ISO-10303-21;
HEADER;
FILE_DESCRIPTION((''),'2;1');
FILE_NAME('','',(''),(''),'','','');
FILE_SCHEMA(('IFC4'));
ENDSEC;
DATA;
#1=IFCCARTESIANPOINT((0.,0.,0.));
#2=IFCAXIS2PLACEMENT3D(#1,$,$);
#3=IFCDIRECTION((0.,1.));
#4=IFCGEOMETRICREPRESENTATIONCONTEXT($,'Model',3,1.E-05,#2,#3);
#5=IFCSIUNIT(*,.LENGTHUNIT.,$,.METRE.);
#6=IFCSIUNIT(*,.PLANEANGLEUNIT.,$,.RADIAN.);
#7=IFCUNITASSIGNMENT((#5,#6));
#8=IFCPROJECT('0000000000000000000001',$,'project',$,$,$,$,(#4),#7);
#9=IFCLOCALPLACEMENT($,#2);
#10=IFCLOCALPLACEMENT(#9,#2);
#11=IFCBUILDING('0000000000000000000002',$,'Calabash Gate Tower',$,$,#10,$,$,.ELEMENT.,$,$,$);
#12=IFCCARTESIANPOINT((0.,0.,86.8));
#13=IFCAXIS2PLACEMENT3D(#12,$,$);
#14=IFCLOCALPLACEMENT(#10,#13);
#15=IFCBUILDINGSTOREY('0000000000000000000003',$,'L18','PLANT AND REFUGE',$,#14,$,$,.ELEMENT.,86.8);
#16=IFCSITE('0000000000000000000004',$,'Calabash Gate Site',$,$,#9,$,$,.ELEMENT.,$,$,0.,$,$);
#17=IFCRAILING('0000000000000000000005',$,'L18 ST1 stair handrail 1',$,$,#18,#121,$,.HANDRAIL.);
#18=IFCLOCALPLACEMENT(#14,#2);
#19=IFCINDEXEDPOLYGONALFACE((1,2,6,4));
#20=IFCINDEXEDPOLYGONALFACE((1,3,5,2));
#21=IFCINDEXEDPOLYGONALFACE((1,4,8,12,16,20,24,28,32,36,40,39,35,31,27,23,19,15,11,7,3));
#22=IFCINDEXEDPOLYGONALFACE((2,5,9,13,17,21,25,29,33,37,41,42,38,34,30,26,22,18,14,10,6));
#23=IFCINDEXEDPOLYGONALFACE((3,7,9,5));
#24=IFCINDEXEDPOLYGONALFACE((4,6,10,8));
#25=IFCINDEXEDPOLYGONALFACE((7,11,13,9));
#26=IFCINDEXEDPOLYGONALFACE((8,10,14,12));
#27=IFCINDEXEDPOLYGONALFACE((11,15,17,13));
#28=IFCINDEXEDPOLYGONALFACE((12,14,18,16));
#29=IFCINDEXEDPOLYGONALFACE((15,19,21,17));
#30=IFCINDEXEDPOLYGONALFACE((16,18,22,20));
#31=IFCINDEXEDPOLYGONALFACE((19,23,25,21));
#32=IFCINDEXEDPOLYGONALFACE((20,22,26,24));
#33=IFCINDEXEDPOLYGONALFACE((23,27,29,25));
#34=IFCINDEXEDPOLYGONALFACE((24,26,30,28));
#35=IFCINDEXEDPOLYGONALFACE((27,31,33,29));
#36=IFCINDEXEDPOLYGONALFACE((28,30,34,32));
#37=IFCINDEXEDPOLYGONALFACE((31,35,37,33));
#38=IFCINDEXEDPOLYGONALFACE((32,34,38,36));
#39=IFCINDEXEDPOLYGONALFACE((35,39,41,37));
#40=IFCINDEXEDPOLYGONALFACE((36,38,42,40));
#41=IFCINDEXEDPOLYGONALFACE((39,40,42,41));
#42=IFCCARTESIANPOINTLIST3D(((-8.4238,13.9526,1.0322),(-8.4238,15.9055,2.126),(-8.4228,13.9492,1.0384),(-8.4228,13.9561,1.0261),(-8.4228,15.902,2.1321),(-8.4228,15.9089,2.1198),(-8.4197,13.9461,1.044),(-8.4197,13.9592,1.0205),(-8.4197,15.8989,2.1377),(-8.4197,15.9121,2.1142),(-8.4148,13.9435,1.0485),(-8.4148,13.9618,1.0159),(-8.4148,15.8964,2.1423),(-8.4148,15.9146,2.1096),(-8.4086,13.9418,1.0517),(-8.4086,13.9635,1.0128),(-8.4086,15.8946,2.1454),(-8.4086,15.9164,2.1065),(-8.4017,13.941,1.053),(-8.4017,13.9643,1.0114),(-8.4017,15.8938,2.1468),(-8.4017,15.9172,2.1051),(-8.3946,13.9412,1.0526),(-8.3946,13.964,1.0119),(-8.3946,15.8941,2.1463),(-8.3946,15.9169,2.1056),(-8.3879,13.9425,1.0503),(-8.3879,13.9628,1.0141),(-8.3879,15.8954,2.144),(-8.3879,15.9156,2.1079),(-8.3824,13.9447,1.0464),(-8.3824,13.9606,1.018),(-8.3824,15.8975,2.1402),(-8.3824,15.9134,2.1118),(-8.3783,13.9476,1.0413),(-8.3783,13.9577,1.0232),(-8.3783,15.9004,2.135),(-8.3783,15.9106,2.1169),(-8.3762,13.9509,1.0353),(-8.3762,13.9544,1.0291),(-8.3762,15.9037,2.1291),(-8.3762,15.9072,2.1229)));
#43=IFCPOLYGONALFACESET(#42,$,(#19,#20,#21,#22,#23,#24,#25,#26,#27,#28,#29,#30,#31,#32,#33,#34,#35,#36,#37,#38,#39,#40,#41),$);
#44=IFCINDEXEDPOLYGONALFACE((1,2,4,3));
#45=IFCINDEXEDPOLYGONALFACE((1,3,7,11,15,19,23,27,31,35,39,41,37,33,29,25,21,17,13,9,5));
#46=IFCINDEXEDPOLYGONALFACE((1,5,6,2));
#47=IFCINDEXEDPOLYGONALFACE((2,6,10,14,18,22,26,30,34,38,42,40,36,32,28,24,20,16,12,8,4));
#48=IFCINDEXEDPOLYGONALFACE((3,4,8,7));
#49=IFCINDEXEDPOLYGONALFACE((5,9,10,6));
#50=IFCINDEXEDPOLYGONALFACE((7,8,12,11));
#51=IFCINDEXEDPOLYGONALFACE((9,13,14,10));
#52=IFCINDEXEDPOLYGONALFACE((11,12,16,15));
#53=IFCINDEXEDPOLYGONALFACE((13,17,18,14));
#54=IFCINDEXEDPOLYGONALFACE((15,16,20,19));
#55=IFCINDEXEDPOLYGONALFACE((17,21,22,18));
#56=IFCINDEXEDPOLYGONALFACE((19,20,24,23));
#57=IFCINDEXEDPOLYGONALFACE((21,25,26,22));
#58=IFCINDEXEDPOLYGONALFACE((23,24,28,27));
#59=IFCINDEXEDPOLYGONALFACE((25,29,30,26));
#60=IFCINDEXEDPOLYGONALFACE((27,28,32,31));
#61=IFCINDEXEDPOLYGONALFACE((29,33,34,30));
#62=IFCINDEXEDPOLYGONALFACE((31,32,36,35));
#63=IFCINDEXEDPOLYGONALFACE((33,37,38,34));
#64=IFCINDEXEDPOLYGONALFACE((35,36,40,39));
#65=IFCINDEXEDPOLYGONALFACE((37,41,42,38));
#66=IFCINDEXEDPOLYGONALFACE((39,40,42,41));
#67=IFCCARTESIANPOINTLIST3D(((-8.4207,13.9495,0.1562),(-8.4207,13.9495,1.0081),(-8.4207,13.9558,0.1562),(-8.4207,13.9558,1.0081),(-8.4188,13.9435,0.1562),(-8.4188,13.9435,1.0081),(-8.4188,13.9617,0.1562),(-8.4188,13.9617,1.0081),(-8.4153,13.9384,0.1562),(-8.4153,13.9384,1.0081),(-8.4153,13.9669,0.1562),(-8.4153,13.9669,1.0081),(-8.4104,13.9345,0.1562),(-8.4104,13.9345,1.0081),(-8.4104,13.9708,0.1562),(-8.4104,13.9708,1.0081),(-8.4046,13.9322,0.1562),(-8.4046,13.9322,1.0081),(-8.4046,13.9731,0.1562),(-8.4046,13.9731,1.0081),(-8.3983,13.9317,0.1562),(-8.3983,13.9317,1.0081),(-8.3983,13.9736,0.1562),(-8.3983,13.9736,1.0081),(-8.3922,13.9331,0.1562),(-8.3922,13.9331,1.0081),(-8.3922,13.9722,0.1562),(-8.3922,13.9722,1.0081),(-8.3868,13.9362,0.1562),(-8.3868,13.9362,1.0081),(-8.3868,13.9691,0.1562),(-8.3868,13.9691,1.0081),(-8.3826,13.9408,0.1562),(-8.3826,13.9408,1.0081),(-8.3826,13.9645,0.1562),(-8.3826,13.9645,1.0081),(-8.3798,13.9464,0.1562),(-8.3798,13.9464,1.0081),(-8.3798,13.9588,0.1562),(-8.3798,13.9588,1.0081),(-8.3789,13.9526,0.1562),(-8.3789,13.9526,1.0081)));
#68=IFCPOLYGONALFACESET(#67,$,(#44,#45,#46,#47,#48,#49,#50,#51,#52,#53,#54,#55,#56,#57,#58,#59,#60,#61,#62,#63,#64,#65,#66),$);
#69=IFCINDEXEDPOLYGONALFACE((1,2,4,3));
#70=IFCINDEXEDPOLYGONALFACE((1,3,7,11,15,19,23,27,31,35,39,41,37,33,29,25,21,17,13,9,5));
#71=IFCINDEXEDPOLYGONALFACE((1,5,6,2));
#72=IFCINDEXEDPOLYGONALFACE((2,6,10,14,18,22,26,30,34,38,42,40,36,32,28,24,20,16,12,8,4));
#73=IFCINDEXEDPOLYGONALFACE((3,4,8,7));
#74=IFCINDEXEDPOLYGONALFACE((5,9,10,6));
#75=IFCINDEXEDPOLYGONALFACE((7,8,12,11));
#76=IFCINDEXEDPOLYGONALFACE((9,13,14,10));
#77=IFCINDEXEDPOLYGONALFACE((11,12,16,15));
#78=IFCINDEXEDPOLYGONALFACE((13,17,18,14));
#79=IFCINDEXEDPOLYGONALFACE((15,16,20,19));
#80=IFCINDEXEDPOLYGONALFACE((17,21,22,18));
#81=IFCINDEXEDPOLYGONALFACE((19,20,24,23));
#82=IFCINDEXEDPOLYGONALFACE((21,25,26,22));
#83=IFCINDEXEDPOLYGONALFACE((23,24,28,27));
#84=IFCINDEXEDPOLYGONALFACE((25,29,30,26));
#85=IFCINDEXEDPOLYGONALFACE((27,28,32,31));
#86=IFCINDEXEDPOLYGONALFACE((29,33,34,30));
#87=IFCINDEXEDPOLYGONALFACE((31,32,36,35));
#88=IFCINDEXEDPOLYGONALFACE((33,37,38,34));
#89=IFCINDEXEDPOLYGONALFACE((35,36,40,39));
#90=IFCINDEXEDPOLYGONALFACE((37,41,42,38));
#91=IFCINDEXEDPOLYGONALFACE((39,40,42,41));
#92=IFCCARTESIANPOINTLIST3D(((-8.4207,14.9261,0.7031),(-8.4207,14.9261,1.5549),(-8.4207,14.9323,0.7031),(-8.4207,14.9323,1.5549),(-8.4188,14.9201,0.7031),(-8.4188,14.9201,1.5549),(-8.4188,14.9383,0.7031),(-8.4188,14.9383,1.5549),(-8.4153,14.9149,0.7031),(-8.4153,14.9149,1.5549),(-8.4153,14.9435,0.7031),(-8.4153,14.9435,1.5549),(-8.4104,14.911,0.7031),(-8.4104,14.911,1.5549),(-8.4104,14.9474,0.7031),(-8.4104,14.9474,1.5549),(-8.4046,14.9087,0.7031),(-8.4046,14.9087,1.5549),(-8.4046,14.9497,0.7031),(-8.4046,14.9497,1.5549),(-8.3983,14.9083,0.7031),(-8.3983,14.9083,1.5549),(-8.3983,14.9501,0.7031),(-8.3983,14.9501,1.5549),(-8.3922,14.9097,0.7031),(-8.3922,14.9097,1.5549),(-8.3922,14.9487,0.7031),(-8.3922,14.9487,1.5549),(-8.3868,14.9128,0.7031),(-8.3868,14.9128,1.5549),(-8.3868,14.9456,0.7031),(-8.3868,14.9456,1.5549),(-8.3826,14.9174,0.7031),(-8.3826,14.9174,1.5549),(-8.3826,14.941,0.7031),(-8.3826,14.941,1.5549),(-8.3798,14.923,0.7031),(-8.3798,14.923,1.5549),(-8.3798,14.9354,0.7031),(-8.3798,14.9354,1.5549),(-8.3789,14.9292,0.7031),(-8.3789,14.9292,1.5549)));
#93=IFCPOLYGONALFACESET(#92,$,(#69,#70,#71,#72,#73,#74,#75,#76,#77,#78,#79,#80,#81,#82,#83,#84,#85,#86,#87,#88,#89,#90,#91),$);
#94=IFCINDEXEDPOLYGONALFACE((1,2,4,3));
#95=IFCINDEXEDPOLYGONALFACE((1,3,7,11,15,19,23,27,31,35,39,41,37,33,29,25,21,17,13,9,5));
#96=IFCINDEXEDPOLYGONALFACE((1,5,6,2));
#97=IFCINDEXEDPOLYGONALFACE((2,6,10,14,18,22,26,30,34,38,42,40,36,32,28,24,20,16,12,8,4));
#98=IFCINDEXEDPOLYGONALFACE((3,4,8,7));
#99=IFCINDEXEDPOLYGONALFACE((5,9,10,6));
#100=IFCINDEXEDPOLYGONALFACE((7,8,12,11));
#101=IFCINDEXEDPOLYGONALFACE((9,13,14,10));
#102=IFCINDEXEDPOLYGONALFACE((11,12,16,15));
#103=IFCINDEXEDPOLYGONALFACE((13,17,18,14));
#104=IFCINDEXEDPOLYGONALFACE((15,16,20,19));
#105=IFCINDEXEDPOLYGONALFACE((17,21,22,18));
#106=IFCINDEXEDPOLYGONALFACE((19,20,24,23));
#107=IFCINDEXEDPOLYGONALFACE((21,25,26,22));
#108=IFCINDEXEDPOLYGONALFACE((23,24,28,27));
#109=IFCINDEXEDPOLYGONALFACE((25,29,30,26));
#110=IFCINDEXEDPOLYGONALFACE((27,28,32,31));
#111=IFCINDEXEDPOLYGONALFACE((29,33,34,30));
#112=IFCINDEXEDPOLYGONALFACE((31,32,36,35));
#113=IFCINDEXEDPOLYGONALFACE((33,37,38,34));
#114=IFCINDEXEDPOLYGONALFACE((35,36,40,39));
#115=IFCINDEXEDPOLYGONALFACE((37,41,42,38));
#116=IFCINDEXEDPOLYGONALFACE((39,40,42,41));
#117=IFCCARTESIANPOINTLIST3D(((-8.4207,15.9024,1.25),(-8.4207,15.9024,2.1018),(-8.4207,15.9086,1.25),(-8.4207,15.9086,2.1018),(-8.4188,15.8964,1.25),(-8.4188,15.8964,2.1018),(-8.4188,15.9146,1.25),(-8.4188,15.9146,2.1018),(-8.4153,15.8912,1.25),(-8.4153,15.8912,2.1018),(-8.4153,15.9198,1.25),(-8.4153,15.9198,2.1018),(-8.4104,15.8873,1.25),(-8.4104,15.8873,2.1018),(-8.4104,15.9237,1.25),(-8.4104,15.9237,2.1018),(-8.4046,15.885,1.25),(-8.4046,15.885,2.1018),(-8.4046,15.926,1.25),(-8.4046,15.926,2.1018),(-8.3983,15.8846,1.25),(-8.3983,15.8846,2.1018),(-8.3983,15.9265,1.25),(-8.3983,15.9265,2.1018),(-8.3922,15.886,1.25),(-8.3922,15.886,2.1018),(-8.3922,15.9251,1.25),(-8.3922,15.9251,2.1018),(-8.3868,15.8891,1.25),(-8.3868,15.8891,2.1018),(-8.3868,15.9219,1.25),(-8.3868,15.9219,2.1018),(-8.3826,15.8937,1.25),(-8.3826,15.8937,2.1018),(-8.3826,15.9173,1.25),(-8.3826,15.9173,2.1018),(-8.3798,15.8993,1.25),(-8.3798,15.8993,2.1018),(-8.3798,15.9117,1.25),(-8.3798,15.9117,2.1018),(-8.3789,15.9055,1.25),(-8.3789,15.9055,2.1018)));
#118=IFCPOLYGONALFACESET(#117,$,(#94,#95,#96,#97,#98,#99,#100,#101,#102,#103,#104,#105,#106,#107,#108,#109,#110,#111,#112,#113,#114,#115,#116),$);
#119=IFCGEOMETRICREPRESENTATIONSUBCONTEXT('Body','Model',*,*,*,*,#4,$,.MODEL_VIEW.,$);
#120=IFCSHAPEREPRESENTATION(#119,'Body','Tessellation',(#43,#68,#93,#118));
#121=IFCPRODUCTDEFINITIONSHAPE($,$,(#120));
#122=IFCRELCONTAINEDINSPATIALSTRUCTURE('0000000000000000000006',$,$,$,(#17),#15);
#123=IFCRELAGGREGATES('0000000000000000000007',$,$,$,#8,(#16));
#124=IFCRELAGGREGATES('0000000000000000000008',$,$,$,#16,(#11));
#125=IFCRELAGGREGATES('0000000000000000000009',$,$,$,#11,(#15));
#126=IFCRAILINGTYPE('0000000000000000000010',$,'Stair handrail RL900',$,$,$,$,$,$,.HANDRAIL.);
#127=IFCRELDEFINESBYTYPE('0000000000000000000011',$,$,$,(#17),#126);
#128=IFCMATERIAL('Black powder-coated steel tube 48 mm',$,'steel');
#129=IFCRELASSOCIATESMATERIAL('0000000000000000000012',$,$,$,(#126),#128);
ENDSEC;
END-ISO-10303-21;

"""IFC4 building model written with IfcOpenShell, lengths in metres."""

from ifc_helpers import new_model, si_unit, direction, frame, origin, origin_2d, place, context, subcontext, project, spatial, circle, extrude, material, type_object, element, save


model = new_model("IFC4")

# Units and contexts
model_context = context("Model", 3, precision=1e-05, world=origin(), true_north=direction((0.0, 1.0)))
body_context = subcontext(model_context, "Body", "Model", "MODEL_VIEW")
ifc_project = project(units=[si_unit("LENGTHUNIT", "METRE"), si_unit("PLANEANGLEUNIT", "RADIAN")], contexts=[model_context])

# Site, building, storey
site_placement = place(None, origin())
site = spatial("IfcSite", under=ifc_project, at=site_placement, Name="Calabash Gate Site", CompositionType="ELEMENT", RefElevation=0.0)
building_placement = place(site_placement, origin())
building = spatial("IfcBuilding", under=site, at=building_placement, Name="Calabash Gate Tower", CompositionType="ELEMENT")
storey_placement = place(building_placement, frame((0.0, 0.0, 86.8)))
storey = spatial("IfcBuildingStorey", under=building, at=storey_placement, Name="L18", Description="PLANT AND REFUGE", CompositionType="ELEMENT", Elevation=86.8)

# Railing
ifc_material_1 = material(Name="Black powder-coated steel tube 48 mm", Category="steel")
railing_type_1 = type_object("IfcRailingType", Name="Stair handrail RL900", PredefinedType="HANDRAIL", material=ifc_material_1)
railing_1_placement = place(storey_placement, frame((-8.3999, 13.9526, 0.1562)))
element("IfcRailing", 1, at=railing_1_placement, inside=storey, type_object=railing_type_1, Name="L18 ST1 stair handrail 1", PredefinedType="HANDRAIL", context=body_context, shape_type="SweptSolid", body=[
    extrude(circle(Radius=0.0239, at=origin_2d()), frame((0.0, 0.0, 0.876), z_axis=(0.0, 0.87248, 0.48865), x_axis=(-1.0, 0.0, 0.0)), (0.0, 0.0, 1.0), 2.2383),
    extrude(circle(Radius=0.021, at=origin_2d()), origin(), (0.0, 0.0, 1.0), 0.8518),
    extrude(circle(Radius=0.021, at=origin_2d()), frame((0.0, 0.9766, 0.5469)), (0.0, 0.0, 1.0), 0.8518),
    extrude(circle(Radius=0.021, at=origin_2d()), frame((0.0, 1.9529, 1.0938)), (0.0, 0.0, 1.0), 0.8518),
])

save(model, "model.ifc")
